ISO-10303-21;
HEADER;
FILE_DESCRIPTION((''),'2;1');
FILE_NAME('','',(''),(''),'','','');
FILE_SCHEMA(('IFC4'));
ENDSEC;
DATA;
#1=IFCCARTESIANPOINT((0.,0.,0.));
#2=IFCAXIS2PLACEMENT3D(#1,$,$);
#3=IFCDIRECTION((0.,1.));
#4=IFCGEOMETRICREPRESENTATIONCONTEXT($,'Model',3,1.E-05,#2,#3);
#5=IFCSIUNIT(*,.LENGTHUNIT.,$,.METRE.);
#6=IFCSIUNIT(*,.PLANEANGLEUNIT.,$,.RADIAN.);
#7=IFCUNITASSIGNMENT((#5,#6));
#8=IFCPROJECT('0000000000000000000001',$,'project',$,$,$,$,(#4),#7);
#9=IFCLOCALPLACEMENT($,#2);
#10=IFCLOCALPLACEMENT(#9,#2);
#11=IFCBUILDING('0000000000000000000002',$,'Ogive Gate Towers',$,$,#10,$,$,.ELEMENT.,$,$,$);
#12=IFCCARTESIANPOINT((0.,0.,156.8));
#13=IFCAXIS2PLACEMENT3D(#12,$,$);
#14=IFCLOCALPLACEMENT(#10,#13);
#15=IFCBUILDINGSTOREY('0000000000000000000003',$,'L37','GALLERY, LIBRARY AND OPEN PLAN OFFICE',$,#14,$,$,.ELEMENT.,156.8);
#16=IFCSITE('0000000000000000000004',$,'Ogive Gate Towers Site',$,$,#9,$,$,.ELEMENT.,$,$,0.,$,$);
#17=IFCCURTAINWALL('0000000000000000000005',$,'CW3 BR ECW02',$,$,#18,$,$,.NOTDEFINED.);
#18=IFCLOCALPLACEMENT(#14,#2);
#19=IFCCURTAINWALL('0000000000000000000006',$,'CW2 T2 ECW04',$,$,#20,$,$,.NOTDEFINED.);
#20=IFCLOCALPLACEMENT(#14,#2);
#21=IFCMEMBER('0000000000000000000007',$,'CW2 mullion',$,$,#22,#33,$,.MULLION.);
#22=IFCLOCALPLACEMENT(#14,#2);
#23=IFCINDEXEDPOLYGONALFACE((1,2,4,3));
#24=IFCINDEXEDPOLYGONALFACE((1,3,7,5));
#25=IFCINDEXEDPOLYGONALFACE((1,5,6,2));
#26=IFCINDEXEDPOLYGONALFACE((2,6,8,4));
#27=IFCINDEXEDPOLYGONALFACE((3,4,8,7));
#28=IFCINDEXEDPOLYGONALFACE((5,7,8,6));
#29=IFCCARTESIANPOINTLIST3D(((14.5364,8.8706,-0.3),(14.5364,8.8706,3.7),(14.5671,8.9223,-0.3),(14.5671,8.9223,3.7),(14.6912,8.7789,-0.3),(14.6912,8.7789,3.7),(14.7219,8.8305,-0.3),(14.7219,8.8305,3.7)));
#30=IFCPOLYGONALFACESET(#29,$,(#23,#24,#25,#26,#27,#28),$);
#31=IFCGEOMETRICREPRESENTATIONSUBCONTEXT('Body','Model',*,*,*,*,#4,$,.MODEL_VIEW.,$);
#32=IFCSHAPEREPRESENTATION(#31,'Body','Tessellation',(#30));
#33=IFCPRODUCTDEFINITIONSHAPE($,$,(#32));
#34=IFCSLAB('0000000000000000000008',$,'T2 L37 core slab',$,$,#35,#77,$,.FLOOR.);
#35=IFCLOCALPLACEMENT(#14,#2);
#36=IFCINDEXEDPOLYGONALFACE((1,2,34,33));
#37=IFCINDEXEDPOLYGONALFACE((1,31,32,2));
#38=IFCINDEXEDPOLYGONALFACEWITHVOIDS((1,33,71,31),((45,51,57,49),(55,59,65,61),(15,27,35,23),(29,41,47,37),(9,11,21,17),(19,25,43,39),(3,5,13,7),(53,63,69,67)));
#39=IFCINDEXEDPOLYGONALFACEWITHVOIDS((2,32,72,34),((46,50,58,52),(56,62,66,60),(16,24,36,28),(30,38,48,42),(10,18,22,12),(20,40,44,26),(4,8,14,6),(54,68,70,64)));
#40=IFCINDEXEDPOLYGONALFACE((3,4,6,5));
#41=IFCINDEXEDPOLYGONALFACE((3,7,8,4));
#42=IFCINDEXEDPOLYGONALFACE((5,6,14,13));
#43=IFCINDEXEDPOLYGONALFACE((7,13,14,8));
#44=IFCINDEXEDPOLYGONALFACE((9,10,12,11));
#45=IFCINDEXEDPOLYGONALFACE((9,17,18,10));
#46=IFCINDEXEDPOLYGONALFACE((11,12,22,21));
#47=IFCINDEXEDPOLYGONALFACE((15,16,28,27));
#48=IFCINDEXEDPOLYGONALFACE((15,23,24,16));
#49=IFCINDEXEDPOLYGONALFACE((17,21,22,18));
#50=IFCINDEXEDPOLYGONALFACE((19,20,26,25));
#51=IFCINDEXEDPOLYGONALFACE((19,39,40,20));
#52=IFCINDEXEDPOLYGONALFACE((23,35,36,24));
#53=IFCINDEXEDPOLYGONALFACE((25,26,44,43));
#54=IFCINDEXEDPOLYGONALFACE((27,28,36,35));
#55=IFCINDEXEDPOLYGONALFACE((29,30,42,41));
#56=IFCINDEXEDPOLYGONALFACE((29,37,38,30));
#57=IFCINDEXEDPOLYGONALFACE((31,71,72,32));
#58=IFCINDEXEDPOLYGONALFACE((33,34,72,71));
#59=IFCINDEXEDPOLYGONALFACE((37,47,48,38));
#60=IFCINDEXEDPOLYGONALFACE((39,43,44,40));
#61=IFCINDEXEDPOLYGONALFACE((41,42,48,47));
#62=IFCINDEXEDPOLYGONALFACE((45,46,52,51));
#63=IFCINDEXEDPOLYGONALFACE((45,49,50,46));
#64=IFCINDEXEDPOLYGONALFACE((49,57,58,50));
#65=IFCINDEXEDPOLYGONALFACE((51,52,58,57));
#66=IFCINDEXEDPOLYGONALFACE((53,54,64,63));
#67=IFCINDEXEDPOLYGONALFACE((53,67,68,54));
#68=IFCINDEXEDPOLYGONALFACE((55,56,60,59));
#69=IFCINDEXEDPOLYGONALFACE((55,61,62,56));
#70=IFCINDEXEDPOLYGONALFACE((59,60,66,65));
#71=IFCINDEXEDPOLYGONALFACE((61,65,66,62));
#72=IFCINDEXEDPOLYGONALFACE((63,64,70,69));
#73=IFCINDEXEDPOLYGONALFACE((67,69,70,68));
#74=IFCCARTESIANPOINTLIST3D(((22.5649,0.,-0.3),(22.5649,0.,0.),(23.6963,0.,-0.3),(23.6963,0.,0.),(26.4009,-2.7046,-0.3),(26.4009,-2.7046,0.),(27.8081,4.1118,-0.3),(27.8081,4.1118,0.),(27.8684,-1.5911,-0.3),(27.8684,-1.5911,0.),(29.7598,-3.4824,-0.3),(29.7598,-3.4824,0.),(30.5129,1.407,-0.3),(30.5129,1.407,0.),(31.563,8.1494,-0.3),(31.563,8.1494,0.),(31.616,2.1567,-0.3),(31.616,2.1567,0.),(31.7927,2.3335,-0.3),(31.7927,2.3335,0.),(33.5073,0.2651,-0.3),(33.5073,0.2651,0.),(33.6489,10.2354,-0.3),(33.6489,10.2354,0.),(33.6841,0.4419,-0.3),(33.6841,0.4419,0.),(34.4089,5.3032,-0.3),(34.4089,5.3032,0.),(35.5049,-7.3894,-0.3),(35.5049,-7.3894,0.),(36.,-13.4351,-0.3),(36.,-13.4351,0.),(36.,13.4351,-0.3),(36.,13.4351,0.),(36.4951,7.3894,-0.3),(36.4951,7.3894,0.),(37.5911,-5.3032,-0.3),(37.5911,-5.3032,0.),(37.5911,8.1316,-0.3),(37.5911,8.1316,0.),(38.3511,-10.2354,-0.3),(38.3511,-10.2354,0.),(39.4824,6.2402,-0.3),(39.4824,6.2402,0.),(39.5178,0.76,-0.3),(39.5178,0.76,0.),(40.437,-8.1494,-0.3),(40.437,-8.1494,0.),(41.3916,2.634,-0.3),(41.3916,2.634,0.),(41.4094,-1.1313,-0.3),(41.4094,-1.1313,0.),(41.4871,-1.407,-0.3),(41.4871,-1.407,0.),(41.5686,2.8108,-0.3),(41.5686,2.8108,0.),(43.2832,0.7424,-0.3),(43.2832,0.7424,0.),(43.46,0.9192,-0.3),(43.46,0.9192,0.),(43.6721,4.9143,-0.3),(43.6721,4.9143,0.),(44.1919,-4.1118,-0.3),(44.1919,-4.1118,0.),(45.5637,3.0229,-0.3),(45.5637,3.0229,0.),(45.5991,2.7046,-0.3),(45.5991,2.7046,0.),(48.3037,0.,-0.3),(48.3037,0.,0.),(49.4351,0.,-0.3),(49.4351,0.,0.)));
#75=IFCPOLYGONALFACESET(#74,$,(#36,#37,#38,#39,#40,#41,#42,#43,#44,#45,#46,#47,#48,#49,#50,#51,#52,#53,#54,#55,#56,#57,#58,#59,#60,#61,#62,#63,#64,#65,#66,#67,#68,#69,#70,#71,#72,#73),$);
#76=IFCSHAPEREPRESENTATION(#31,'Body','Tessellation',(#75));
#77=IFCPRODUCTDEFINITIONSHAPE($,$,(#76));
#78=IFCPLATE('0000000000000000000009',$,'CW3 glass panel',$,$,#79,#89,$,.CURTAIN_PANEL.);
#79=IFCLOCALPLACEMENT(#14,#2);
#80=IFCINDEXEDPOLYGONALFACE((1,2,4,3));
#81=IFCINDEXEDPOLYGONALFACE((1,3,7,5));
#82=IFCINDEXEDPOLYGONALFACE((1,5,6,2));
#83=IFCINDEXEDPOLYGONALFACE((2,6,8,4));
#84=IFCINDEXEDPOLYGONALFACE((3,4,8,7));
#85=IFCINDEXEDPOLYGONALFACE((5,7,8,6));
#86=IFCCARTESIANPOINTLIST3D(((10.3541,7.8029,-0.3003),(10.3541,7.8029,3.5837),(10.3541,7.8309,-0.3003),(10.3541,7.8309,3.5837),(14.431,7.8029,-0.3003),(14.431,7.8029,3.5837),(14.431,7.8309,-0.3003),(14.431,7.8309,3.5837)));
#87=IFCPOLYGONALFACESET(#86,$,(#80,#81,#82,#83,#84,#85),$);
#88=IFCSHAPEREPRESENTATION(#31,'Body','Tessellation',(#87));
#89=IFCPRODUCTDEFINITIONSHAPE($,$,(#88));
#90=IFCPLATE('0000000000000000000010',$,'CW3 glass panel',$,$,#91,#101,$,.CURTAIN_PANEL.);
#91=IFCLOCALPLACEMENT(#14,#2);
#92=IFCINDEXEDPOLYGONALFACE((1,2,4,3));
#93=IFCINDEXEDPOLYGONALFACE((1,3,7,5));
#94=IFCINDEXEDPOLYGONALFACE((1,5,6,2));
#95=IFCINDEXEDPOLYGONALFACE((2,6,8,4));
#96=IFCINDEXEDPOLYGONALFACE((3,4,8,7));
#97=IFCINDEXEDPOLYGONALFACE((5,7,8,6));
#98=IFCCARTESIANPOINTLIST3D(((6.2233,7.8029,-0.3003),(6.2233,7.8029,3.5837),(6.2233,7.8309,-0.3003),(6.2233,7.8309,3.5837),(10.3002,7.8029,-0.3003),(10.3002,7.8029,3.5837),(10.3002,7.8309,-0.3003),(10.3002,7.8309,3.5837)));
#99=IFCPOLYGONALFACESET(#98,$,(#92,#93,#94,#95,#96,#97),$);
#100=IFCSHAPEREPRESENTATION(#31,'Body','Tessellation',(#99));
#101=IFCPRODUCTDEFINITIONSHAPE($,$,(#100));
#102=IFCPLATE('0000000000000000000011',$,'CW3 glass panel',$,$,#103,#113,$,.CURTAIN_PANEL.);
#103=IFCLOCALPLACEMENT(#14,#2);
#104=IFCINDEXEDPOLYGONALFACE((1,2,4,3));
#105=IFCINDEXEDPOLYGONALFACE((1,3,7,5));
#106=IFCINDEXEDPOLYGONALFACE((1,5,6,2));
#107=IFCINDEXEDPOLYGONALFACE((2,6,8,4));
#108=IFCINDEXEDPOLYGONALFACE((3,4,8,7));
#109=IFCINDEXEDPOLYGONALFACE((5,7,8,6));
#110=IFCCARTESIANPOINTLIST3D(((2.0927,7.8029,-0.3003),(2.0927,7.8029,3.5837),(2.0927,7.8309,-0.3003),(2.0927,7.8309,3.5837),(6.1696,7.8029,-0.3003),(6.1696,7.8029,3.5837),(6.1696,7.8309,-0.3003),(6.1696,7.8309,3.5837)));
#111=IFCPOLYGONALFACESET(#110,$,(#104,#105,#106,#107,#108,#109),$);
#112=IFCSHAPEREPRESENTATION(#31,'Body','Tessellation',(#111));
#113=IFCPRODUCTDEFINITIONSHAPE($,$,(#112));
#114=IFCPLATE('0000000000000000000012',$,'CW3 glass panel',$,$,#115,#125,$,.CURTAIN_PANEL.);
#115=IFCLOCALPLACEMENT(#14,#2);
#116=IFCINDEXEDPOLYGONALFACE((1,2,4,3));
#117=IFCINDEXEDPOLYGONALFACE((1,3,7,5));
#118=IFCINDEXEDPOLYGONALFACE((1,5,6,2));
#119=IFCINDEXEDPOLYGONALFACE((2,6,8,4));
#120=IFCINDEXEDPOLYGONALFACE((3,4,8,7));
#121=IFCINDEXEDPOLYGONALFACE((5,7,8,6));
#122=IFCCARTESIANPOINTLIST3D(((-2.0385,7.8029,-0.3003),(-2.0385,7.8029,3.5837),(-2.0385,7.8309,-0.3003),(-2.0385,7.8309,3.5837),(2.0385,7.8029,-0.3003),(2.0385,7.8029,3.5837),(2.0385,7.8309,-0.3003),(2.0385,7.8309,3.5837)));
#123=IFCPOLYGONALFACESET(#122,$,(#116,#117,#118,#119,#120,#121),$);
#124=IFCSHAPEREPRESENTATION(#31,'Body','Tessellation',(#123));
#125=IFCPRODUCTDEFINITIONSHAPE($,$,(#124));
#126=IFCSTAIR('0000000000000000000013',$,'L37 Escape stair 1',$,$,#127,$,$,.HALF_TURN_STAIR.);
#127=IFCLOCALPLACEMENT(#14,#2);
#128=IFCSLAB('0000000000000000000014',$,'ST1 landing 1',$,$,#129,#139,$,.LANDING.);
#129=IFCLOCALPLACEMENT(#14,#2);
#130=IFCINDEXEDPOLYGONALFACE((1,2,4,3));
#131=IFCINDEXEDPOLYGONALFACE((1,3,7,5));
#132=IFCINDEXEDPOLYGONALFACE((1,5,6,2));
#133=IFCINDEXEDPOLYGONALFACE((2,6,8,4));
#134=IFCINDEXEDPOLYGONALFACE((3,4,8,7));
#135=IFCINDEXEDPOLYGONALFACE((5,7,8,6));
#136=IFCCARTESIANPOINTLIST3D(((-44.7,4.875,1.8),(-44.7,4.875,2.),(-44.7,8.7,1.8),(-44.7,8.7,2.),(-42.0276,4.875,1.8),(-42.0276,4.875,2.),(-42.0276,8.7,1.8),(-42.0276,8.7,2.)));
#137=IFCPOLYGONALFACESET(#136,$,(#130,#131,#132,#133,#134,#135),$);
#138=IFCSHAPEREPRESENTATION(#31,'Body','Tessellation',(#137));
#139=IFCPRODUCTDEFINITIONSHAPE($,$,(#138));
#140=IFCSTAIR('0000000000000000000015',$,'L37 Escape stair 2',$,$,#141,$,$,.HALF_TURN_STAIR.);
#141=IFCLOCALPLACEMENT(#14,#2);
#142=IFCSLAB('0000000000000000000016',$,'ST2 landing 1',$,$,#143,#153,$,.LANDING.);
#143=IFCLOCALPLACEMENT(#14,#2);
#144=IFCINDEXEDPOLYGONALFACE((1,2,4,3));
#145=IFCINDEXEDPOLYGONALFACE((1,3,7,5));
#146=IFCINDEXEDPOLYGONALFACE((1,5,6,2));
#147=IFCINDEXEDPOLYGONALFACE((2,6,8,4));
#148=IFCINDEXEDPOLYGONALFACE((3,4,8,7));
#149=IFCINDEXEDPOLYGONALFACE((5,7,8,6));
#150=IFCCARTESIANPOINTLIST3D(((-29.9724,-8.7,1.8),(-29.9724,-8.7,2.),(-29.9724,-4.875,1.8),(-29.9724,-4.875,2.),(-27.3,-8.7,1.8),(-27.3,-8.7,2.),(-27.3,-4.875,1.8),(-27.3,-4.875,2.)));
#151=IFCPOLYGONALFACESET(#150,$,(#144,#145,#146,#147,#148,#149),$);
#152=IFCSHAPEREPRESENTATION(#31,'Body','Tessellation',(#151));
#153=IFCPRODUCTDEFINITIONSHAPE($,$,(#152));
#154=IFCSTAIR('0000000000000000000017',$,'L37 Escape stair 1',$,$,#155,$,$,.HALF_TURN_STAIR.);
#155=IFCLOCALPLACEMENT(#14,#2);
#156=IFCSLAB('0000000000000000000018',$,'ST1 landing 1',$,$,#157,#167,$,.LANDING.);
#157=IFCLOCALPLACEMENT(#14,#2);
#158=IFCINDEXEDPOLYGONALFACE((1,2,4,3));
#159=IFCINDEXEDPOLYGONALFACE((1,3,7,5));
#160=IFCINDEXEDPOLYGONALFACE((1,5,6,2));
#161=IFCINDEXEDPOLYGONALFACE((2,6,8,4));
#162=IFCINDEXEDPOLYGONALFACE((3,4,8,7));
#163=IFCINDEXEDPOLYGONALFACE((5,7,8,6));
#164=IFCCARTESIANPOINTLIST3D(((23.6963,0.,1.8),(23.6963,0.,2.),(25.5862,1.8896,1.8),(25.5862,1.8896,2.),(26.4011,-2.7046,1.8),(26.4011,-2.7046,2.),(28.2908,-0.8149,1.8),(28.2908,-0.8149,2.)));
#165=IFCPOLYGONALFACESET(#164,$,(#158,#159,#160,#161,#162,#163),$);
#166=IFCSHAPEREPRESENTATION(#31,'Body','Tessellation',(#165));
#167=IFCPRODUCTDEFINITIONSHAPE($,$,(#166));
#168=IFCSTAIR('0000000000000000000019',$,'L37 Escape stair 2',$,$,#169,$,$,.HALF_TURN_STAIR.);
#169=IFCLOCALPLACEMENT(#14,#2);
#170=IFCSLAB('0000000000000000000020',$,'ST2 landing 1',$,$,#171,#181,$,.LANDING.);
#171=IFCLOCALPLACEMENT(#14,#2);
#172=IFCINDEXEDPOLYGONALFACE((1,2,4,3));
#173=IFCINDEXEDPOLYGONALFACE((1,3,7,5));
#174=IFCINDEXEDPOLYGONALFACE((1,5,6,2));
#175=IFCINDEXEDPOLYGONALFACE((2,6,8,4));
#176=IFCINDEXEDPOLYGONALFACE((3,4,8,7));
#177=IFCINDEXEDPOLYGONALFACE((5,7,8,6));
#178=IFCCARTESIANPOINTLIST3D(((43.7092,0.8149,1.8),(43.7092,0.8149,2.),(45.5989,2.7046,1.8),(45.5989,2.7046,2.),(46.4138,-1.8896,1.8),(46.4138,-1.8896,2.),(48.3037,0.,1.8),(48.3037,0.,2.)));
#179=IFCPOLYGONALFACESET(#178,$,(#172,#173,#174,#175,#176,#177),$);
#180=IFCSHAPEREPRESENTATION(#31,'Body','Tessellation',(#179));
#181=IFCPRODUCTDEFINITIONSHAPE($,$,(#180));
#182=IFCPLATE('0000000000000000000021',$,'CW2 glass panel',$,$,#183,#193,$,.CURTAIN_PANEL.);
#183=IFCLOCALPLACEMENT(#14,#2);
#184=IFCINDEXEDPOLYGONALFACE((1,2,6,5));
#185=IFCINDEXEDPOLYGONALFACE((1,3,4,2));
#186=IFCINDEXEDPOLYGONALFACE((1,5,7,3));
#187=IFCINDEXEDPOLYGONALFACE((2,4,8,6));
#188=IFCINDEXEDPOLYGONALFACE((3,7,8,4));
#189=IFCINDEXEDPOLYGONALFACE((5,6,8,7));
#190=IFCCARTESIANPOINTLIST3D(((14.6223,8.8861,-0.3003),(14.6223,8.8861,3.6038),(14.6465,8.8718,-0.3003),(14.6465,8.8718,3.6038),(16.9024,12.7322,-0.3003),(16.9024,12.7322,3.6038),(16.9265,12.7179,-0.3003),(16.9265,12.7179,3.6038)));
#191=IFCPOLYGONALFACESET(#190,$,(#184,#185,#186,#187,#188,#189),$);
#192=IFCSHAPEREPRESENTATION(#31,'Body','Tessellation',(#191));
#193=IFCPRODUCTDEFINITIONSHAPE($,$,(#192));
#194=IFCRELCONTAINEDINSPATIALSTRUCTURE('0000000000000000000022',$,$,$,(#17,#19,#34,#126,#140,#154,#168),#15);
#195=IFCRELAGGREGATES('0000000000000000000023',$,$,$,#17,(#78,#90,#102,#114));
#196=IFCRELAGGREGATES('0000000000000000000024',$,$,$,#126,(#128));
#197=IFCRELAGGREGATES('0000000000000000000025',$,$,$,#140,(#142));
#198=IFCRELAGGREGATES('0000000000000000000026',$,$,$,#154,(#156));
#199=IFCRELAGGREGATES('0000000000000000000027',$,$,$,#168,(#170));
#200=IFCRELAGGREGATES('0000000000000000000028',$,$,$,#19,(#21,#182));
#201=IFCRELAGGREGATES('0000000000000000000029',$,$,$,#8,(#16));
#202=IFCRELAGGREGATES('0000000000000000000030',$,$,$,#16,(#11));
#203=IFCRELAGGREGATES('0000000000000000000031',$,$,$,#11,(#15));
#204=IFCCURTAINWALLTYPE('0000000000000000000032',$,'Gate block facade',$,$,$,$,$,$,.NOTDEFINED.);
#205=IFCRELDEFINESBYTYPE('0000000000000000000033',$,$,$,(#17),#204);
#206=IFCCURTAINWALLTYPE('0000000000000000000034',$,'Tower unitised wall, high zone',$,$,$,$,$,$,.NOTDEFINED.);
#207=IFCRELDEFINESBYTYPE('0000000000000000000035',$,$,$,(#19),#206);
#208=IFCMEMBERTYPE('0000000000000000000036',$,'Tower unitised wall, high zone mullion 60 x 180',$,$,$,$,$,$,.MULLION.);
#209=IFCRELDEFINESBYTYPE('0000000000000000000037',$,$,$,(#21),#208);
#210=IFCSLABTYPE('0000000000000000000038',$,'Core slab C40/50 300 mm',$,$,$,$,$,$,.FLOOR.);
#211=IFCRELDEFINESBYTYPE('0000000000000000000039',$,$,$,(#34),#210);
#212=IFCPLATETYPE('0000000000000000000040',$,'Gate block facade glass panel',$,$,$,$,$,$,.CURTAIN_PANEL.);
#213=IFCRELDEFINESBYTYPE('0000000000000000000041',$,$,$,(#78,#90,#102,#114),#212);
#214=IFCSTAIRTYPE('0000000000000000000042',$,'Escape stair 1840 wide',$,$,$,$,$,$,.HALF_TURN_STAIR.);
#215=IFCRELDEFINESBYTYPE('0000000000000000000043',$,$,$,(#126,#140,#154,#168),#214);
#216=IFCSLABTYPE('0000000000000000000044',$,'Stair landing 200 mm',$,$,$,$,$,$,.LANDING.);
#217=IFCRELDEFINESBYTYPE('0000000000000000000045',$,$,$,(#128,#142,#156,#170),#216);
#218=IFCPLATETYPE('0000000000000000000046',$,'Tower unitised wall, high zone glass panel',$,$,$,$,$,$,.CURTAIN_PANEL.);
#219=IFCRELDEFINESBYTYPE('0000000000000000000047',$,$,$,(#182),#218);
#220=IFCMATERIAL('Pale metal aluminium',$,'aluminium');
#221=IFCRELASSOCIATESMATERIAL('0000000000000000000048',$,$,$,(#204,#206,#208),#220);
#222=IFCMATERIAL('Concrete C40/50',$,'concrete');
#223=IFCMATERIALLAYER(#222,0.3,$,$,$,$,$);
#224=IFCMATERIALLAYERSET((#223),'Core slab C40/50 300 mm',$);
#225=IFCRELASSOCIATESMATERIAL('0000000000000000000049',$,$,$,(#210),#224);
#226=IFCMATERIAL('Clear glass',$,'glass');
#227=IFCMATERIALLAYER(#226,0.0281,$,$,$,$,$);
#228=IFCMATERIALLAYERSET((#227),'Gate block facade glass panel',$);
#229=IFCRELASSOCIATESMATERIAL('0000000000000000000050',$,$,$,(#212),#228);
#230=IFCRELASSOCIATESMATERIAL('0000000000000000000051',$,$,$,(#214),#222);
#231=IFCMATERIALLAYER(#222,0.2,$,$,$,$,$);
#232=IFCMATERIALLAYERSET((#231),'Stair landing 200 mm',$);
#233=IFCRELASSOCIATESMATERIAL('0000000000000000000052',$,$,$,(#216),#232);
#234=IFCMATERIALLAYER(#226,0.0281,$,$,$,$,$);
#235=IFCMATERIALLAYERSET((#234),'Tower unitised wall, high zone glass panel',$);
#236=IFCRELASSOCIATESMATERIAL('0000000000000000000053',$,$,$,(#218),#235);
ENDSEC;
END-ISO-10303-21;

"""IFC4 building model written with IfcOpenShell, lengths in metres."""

from ifc_helpers import new_model, si_unit, direction, frame, origin, origin_2d, place, context, subcontext, project, spatial, polyline, rectangle, outline, extrude, material, layer, layer_set, material_profile, profile_set, type_object, element, aggregate, save


model = new_model("IFC4")

# Units and contexts
model_context = context("Model", 3, precision=1e-05, world=origin(), true_north=direction((0.0, 1.0)))
body_context = subcontext(model_context, "Body", "Model", "MODEL_VIEW")
ifc_project = project(units=[si_unit("LENGTHUNIT", "METRE"), si_unit("PLANEANGLEUNIT", "RADIAN")], contexts=[model_context])

# Site, building, storey
site_placement = place(None, origin())
site = spatial("IfcSite", under=ifc_project, at=site_placement, Name="Ogive Gate Towers Site", CompositionType="ELEMENT", RefElevation=0.0)
building_placement = place(site_placement, origin())
building = spatial("IfcBuilding", under=site, at=building_placement, Name="Ogive Gate Towers", CompositionType="ELEMENT")
storey_placement = place(building_placement, frame((0.0, 0.0, 156.8)))
storey = spatial("IfcBuildingStorey", under=building, at=storey_placement, Name="L37", Description="GALLERY, LIBRARY AND OPEN PLAN OFFICE", CompositionType="ELEMENT", Elevation=156.8)

# Curtain wall
ifc_material_1 = material(Name="Pale metal aluminium", Category="aluminium")
curtain_wall_type_1 = type_object("IfcCurtainWallType", Name="Gate block facade", PredefinedType="NOTDEFINED", material=ifc_material_1)
curtain_wall_1_placement = place(storey_placement, origin())
curtain_wall_1 = element("IfcCurtainWall", 1, at=curtain_wall_1_placement, inside=storey, type_object=curtain_wall_type_1, Name="CW3 BR ECW02", PredefinedType="NOTDEFINED")

# Curtain wall, member
curtain_wall_type_2 = type_object("IfcCurtainWallType", Name="Tower unitised wall, high zone", PredefinedType="NOTDEFINED", material=ifc_material_1)
curtain_wall_2_placement = place(storey_placement, origin())
curtain_wall_2 = element("IfcCurtainWall", 2, at=curtain_wall_2_placement, inside=storey, type_object=curtain_wall_type_2, Name="CW2 T2 ECW04", PredefinedType="NOTDEFINED")
ifc_material_profile_1 = material_profile(ifc_material_1, rectangle(XDim=0.1799, YDim=0.0601, at=origin_2d()), Name="60 x 180 aluminium box")
ifc_profile_set_1 = profile_set([ifc_material_profile_1], Name="Pale metal aluminium")
member_type_1 = type_object("IfcMemberType", Name="Tower unitised wall, high zone mullion 60 x 180", PredefinedType="MULLION", material=ifc_profile_set_1)
member_1_placement = place(storey_placement, frame((14.6292, 8.8506, -0.3), z_axis=(0.0, 0.0, 1.0), x_axis=(-0.860208, 0.509943, 0.0)))
member_1 = element("IfcMember", 3, at=member_1_placement, type_object=member_type_1, Name="CW2 mullion", PredefinedType="MULLION", context=body_context, shape_type="SweptSolid", body=[
    extrude(rectangle(XDim=0.1799, YDim=0.0601, at=origin_2d()), origin(), (0.0, 0.0, 1.0), 4.0),
])

# Slab
ifc_material_2 = material(Name="Concrete C40/50", Category="concrete")
ifc_layer_1 = layer(ifc_material_2, 0.3)
ifc_layer_set_1 = layer_set([ifc_layer_1], Name="Core slab C40/50 300 mm")
slab_type_1 = type_object("IfcSlabType", Name="Core slab C40/50 300 mm", PredefinedType="FLOOR", material=ifc_layer_set_1)
slab_1_placement = place(storey_placement, frame((0.0, 0.0, -0.3)))
element("IfcSlab", 4, at=slab_1_placement, inside=storey, type_object=slab_type_1, Name="T2 L37 core slab", PredefinedType="FLOOR", context=body_context, shape_type="SweptSolid", body=[
    extrude(outline(polyline([(36.0, -13.4351), (22.5649, 0.0), (36.0, 13.4351), (49.4351, 0.0), (36.0, -13.4351)]), holes=[polyline([(29.7598, -3.4824), (33.5073, 0.2651), (31.616, 2.1567), (27.8684, -1.5911), (29.7598, -3.4824)]), polyline([(31.7927, 2.3335), (33.6841, 0.4419), (39.4824, 6.2402), (37.5911, 8.1316), (31.7927, 2.3335)]), polyline([(41.3916, 2.634), (39.5178, 0.76), (41.4094, -1.1313), (43.2832, 0.7424), (41.3916, 2.634)]), polyline([(45.5637, 3.0229), (43.6721, 4.9143), (41.5686, 2.8108), (43.46, 0.9192), (45.5637, 3.0229)]), polyline([(34.4089, 5.3032), (36.4951, 7.3894), (33.6489, 10.2354), (31.563, 8.1494), (34.4089, 5.3032)]), polyline([(35.5049, -7.3894), (38.3511, -10.2354), (40.437, -8.1494), (37.5911, -5.3032), (35.5049, -7.3894)]), polyline([(26.4009, -2.7046), (30.5129, 1.407), (27.8081, 4.1118), (23.6963, 0.0), (26.4009, -2.7046)]), polyline([(48.3037, 0.0), (45.5991, 2.7046), (41.4871, -1.407), (44.1919, -4.1118), (48.3037, 0.0)])]), origin(), (0.0, 0.0, 1.0), 0.3),
])

# Plates
ifc_material_3 = material(Name="Clear glass", Category="glass")
ifc_layer_2 = layer(ifc_material_3, 0.0281)
ifc_layer_set_2 = layer_set([ifc_layer_2], Name="Gate block facade glass panel")
plate_type_1 = type_object("IfcPlateType", Name="Gate block facade glass panel", PredefinedType="CURTAIN_PANEL", material=ifc_layer_set_2)
plate_1_placement = place(storey_placement, frame((12.3926, 7.8169, -0.3003), z_axis=(0.0, 0.0, 1.0), x_axis=(-1.0, 0.0, 0.0)))
plate_1 = element("IfcPlate", 5, at=plate_1_placement, type_object=plate_type_1, Name="CW3 glass panel", PredefinedType="CURTAIN_PANEL", context=body_context, shape_type="SweptSolid", body=[
    extrude(rectangle(XDim=4.0769, YDim=0.0281, at=origin_2d()), origin(), (0.0, 0.0, 1.0), 3.884),
])
plate_2_placement = place(storey_placement, frame((8.2617, 7.8169, -0.3003), z_axis=(0.0, 0.0, 1.0), x_axis=(-1.0, 0.0, 0.0)))
plate_2 = element("IfcPlate", 6, at=plate_2_placement, type_object=plate_type_1, Name="CW3 glass panel", PredefinedType="CURTAIN_PANEL", context=body_context, shape_type="SweptSolid", body=[
    extrude(rectangle(XDim=4.0769, YDim=0.0281, at=origin_2d()), origin(), (0.0, 0.0, 1.0), 3.884),
])
plate_3_placement = place(storey_placement, frame((4.1311, 7.8169, -0.3003), z_axis=(0.0, 0.0, 1.0), x_axis=(-1.0, 0.0, 0.0)))
plate_3 = element("IfcPlate", 7, at=plate_3_placement, type_object=plate_type_1, Name="CW3 glass panel", PredefinedType="CURTAIN_PANEL", context=body_context, shape_type="SweptSolid", body=[
    extrude(rectangle(XDim=4.0769, YDim=0.0281, at=origin_2d()), origin(), (0.0, 0.0, 1.0), 3.884),
])
plate_4_placement = place(storey_placement, frame((0.0, 7.8169, -0.3003), z_axis=(0.0, 0.0, 1.0), x_axis=(-1.0, 0.0, 0.0)))
plate_4 = element("IfcPlate", 8, at=plate_4_placement, type_object=plate_type_1, Name="CW3 glass panel", PredefinedType="CURTAIN_PANEL", context=body_context, shape_type="SweptSolid", body=[
    extrude(rectangle(XDim=4.0769, YDim=0.0281, at=origin_2d()), origin(), (0.0, 0.0, 1.0), 3.884),
])
aggregate(curtain_wall_1, [plate_1, plate_2, plate_3, plate_4])

# Stairs, slabs
stair_type = type_object("IfcStairType", Name="Escape stair 1840 wide", PredefinedType="HALF_TURN_STAIR", material=ifc_material_2)
stair_1_placement = place(storey_placement, origin())
stair_1 = element("IfcStair", 9, at=stair_1_placement, inside=storey, type_object=stair_type, Name="L37 Escape stair 1", PredefinedType="HALF_TURN_STAIR")
ifc_layer_3 = layer(ifc_material_2, 0.2)
ifc_layer_set_3 = layer_set([ifc_layer_3], Name="Stair landing 200 mm")
slab_type_2 = type_object("IfcSlabType", Name="Stair landing 200 mm", PredefinedType="LANDING", material=ifc_layer_set_3)
slab_2_placement = place(storey_placement, frame((0.0, 0.0, 1.8)))
slab_2 = element("IfcSlab", 10, at=slab_2_placement, type_object=slab_type_2, Name="ST1 landing 1", PredefinedType="LANDING", context=body_context, shape_type="SweptSolid", body=[
    extrude(outline(polyline([(-42.0276, 8.7), (-44.7, 8.7), (-44.7, 4.875), (-42.0276, 4.875), (-42.0276, 8.7)])), origin(), (0.0, 0.0, 1.0), 0.2),
])
aggregate(stair_1, [slab_2])
stair_2_placement = place(storey_placement, origin())
stair_2 = element("IfcStair", 11, at=stair_2_placement, inside=storey, type_object=stair_type, Name="L37 Escape stair 2", PredefinedType="HALF_TURN_STAIR")
slab_3_placement = place(storey_placement, frame((0.0, 0.0, 1.8)))
slab_3 = element("IfcSlab", 12, at=slab_3_placement, type_object=slab_type_2, Name="ST2 landing 1", PredefinedType="LANDING", context=body_context, shape_type="SweptSolid", body=[
    extrude(outline(polyline([(-29.9724, -8.7), (-27.3, -8.7), (-27.3, -4.875), (-29.9724, -4.875), (-29.9724, -8.7)])), origin(), (0.0, 0.0, 1.0), 0.2),
])
aggregate(stair_2, [slab_3])
stair_3_placement = place(storey_placement, origin())
stair_3 = element("IfcStair", 13, at=stair_3_placement, inside=storey, type_object=stair_type, Name="L37 Escape stair 1", PredefinedType="HALF_TURN_STAIR")
slab_4_placement = place(storey_placement, frame((0.0, 0.0, 1.8)))
slab_4 = element("IfcSlab", 14, at=slab_4_placement, type_object=slab_type_2, Name="ST1 landing 1", PredefinedType="LANDING", context=body_context, shape_type="SweptSolid", body=[
    extrude(outline(polyline([(25.5862, 1.8896), (23.6963, 0.0), (26.4011, -2.7046), (28.2908, -0.8149), (25.5862, 1.8896)])), origin(), (0.0, 0.0, 1.0), 0.2),
])
aggregate(stair_3, [slab_4])
stair_4_placement = place(storey_placement, origin())
stair_4 = element("IfcStair", 15, at=stair_4_placement, inside=storey, type_object=stair_type, Name="L37 Escape stair 2", PredefinedType="HALF_TURN_STAIR")
slab_5_placement = place(storey_placement, frame((0.0, 0.0, 1.8)))
slab_5 = element("IfcSlab", 16, at=slab_5_placement, type_object=slab_type_2, Name="ST2 landing 1", PredefinedType="LANDING", context=body_context, shape_type="SweptSolid", body=[
    extrude(outline(polyline([(46.4138, -1.8896), (48.3037, 0.0), (45.5989, 2.7046), (43.7092, 0.8149), (46.4138, -1.8896)])), origin(), (0.0, 0.0, 1.0), 0.2),
])
aggregate(stair_4, [slab_5])

# Plate
ifc_layer_4 = layer(ifc_material_3, 0.0281)
ifc_layer_set_4 = layer_set([ifc_layer_4], Name="Tower unitised wall, high zone glass panel")
plate_type_2 = type_object("IfcPlateType", Name="Tower unitised wall, high zone glass panel", PredefinedType="CURTAIN_PANEL", material=ifc_layer_set_4)
plate_5_placement = place(storey_placement, frame((15.7744, 10.802, -0.3003), z_axis=(0.0, 0.0, 1.0), x_axis=(-0.509943, -0.860208, 0.0)))
plate_5 = element("IfcPlate", 17, at=plate_5_placement, type_object=plate_type_2, Name="CW2 glass panel", PredefinedType="CURTAIN_PANEL", context=body_context, shape_type="SweptSolid", body=[
    extrude(rectangle(XDim=4.4712, YDim=0.0281, at=origin_2d()), origin(), (0.0, 0.0, 1.0), 3.9041),
])
aggregate(curtain_wall_2, [member_1, plate_5])

save(model, "model.ifc")
